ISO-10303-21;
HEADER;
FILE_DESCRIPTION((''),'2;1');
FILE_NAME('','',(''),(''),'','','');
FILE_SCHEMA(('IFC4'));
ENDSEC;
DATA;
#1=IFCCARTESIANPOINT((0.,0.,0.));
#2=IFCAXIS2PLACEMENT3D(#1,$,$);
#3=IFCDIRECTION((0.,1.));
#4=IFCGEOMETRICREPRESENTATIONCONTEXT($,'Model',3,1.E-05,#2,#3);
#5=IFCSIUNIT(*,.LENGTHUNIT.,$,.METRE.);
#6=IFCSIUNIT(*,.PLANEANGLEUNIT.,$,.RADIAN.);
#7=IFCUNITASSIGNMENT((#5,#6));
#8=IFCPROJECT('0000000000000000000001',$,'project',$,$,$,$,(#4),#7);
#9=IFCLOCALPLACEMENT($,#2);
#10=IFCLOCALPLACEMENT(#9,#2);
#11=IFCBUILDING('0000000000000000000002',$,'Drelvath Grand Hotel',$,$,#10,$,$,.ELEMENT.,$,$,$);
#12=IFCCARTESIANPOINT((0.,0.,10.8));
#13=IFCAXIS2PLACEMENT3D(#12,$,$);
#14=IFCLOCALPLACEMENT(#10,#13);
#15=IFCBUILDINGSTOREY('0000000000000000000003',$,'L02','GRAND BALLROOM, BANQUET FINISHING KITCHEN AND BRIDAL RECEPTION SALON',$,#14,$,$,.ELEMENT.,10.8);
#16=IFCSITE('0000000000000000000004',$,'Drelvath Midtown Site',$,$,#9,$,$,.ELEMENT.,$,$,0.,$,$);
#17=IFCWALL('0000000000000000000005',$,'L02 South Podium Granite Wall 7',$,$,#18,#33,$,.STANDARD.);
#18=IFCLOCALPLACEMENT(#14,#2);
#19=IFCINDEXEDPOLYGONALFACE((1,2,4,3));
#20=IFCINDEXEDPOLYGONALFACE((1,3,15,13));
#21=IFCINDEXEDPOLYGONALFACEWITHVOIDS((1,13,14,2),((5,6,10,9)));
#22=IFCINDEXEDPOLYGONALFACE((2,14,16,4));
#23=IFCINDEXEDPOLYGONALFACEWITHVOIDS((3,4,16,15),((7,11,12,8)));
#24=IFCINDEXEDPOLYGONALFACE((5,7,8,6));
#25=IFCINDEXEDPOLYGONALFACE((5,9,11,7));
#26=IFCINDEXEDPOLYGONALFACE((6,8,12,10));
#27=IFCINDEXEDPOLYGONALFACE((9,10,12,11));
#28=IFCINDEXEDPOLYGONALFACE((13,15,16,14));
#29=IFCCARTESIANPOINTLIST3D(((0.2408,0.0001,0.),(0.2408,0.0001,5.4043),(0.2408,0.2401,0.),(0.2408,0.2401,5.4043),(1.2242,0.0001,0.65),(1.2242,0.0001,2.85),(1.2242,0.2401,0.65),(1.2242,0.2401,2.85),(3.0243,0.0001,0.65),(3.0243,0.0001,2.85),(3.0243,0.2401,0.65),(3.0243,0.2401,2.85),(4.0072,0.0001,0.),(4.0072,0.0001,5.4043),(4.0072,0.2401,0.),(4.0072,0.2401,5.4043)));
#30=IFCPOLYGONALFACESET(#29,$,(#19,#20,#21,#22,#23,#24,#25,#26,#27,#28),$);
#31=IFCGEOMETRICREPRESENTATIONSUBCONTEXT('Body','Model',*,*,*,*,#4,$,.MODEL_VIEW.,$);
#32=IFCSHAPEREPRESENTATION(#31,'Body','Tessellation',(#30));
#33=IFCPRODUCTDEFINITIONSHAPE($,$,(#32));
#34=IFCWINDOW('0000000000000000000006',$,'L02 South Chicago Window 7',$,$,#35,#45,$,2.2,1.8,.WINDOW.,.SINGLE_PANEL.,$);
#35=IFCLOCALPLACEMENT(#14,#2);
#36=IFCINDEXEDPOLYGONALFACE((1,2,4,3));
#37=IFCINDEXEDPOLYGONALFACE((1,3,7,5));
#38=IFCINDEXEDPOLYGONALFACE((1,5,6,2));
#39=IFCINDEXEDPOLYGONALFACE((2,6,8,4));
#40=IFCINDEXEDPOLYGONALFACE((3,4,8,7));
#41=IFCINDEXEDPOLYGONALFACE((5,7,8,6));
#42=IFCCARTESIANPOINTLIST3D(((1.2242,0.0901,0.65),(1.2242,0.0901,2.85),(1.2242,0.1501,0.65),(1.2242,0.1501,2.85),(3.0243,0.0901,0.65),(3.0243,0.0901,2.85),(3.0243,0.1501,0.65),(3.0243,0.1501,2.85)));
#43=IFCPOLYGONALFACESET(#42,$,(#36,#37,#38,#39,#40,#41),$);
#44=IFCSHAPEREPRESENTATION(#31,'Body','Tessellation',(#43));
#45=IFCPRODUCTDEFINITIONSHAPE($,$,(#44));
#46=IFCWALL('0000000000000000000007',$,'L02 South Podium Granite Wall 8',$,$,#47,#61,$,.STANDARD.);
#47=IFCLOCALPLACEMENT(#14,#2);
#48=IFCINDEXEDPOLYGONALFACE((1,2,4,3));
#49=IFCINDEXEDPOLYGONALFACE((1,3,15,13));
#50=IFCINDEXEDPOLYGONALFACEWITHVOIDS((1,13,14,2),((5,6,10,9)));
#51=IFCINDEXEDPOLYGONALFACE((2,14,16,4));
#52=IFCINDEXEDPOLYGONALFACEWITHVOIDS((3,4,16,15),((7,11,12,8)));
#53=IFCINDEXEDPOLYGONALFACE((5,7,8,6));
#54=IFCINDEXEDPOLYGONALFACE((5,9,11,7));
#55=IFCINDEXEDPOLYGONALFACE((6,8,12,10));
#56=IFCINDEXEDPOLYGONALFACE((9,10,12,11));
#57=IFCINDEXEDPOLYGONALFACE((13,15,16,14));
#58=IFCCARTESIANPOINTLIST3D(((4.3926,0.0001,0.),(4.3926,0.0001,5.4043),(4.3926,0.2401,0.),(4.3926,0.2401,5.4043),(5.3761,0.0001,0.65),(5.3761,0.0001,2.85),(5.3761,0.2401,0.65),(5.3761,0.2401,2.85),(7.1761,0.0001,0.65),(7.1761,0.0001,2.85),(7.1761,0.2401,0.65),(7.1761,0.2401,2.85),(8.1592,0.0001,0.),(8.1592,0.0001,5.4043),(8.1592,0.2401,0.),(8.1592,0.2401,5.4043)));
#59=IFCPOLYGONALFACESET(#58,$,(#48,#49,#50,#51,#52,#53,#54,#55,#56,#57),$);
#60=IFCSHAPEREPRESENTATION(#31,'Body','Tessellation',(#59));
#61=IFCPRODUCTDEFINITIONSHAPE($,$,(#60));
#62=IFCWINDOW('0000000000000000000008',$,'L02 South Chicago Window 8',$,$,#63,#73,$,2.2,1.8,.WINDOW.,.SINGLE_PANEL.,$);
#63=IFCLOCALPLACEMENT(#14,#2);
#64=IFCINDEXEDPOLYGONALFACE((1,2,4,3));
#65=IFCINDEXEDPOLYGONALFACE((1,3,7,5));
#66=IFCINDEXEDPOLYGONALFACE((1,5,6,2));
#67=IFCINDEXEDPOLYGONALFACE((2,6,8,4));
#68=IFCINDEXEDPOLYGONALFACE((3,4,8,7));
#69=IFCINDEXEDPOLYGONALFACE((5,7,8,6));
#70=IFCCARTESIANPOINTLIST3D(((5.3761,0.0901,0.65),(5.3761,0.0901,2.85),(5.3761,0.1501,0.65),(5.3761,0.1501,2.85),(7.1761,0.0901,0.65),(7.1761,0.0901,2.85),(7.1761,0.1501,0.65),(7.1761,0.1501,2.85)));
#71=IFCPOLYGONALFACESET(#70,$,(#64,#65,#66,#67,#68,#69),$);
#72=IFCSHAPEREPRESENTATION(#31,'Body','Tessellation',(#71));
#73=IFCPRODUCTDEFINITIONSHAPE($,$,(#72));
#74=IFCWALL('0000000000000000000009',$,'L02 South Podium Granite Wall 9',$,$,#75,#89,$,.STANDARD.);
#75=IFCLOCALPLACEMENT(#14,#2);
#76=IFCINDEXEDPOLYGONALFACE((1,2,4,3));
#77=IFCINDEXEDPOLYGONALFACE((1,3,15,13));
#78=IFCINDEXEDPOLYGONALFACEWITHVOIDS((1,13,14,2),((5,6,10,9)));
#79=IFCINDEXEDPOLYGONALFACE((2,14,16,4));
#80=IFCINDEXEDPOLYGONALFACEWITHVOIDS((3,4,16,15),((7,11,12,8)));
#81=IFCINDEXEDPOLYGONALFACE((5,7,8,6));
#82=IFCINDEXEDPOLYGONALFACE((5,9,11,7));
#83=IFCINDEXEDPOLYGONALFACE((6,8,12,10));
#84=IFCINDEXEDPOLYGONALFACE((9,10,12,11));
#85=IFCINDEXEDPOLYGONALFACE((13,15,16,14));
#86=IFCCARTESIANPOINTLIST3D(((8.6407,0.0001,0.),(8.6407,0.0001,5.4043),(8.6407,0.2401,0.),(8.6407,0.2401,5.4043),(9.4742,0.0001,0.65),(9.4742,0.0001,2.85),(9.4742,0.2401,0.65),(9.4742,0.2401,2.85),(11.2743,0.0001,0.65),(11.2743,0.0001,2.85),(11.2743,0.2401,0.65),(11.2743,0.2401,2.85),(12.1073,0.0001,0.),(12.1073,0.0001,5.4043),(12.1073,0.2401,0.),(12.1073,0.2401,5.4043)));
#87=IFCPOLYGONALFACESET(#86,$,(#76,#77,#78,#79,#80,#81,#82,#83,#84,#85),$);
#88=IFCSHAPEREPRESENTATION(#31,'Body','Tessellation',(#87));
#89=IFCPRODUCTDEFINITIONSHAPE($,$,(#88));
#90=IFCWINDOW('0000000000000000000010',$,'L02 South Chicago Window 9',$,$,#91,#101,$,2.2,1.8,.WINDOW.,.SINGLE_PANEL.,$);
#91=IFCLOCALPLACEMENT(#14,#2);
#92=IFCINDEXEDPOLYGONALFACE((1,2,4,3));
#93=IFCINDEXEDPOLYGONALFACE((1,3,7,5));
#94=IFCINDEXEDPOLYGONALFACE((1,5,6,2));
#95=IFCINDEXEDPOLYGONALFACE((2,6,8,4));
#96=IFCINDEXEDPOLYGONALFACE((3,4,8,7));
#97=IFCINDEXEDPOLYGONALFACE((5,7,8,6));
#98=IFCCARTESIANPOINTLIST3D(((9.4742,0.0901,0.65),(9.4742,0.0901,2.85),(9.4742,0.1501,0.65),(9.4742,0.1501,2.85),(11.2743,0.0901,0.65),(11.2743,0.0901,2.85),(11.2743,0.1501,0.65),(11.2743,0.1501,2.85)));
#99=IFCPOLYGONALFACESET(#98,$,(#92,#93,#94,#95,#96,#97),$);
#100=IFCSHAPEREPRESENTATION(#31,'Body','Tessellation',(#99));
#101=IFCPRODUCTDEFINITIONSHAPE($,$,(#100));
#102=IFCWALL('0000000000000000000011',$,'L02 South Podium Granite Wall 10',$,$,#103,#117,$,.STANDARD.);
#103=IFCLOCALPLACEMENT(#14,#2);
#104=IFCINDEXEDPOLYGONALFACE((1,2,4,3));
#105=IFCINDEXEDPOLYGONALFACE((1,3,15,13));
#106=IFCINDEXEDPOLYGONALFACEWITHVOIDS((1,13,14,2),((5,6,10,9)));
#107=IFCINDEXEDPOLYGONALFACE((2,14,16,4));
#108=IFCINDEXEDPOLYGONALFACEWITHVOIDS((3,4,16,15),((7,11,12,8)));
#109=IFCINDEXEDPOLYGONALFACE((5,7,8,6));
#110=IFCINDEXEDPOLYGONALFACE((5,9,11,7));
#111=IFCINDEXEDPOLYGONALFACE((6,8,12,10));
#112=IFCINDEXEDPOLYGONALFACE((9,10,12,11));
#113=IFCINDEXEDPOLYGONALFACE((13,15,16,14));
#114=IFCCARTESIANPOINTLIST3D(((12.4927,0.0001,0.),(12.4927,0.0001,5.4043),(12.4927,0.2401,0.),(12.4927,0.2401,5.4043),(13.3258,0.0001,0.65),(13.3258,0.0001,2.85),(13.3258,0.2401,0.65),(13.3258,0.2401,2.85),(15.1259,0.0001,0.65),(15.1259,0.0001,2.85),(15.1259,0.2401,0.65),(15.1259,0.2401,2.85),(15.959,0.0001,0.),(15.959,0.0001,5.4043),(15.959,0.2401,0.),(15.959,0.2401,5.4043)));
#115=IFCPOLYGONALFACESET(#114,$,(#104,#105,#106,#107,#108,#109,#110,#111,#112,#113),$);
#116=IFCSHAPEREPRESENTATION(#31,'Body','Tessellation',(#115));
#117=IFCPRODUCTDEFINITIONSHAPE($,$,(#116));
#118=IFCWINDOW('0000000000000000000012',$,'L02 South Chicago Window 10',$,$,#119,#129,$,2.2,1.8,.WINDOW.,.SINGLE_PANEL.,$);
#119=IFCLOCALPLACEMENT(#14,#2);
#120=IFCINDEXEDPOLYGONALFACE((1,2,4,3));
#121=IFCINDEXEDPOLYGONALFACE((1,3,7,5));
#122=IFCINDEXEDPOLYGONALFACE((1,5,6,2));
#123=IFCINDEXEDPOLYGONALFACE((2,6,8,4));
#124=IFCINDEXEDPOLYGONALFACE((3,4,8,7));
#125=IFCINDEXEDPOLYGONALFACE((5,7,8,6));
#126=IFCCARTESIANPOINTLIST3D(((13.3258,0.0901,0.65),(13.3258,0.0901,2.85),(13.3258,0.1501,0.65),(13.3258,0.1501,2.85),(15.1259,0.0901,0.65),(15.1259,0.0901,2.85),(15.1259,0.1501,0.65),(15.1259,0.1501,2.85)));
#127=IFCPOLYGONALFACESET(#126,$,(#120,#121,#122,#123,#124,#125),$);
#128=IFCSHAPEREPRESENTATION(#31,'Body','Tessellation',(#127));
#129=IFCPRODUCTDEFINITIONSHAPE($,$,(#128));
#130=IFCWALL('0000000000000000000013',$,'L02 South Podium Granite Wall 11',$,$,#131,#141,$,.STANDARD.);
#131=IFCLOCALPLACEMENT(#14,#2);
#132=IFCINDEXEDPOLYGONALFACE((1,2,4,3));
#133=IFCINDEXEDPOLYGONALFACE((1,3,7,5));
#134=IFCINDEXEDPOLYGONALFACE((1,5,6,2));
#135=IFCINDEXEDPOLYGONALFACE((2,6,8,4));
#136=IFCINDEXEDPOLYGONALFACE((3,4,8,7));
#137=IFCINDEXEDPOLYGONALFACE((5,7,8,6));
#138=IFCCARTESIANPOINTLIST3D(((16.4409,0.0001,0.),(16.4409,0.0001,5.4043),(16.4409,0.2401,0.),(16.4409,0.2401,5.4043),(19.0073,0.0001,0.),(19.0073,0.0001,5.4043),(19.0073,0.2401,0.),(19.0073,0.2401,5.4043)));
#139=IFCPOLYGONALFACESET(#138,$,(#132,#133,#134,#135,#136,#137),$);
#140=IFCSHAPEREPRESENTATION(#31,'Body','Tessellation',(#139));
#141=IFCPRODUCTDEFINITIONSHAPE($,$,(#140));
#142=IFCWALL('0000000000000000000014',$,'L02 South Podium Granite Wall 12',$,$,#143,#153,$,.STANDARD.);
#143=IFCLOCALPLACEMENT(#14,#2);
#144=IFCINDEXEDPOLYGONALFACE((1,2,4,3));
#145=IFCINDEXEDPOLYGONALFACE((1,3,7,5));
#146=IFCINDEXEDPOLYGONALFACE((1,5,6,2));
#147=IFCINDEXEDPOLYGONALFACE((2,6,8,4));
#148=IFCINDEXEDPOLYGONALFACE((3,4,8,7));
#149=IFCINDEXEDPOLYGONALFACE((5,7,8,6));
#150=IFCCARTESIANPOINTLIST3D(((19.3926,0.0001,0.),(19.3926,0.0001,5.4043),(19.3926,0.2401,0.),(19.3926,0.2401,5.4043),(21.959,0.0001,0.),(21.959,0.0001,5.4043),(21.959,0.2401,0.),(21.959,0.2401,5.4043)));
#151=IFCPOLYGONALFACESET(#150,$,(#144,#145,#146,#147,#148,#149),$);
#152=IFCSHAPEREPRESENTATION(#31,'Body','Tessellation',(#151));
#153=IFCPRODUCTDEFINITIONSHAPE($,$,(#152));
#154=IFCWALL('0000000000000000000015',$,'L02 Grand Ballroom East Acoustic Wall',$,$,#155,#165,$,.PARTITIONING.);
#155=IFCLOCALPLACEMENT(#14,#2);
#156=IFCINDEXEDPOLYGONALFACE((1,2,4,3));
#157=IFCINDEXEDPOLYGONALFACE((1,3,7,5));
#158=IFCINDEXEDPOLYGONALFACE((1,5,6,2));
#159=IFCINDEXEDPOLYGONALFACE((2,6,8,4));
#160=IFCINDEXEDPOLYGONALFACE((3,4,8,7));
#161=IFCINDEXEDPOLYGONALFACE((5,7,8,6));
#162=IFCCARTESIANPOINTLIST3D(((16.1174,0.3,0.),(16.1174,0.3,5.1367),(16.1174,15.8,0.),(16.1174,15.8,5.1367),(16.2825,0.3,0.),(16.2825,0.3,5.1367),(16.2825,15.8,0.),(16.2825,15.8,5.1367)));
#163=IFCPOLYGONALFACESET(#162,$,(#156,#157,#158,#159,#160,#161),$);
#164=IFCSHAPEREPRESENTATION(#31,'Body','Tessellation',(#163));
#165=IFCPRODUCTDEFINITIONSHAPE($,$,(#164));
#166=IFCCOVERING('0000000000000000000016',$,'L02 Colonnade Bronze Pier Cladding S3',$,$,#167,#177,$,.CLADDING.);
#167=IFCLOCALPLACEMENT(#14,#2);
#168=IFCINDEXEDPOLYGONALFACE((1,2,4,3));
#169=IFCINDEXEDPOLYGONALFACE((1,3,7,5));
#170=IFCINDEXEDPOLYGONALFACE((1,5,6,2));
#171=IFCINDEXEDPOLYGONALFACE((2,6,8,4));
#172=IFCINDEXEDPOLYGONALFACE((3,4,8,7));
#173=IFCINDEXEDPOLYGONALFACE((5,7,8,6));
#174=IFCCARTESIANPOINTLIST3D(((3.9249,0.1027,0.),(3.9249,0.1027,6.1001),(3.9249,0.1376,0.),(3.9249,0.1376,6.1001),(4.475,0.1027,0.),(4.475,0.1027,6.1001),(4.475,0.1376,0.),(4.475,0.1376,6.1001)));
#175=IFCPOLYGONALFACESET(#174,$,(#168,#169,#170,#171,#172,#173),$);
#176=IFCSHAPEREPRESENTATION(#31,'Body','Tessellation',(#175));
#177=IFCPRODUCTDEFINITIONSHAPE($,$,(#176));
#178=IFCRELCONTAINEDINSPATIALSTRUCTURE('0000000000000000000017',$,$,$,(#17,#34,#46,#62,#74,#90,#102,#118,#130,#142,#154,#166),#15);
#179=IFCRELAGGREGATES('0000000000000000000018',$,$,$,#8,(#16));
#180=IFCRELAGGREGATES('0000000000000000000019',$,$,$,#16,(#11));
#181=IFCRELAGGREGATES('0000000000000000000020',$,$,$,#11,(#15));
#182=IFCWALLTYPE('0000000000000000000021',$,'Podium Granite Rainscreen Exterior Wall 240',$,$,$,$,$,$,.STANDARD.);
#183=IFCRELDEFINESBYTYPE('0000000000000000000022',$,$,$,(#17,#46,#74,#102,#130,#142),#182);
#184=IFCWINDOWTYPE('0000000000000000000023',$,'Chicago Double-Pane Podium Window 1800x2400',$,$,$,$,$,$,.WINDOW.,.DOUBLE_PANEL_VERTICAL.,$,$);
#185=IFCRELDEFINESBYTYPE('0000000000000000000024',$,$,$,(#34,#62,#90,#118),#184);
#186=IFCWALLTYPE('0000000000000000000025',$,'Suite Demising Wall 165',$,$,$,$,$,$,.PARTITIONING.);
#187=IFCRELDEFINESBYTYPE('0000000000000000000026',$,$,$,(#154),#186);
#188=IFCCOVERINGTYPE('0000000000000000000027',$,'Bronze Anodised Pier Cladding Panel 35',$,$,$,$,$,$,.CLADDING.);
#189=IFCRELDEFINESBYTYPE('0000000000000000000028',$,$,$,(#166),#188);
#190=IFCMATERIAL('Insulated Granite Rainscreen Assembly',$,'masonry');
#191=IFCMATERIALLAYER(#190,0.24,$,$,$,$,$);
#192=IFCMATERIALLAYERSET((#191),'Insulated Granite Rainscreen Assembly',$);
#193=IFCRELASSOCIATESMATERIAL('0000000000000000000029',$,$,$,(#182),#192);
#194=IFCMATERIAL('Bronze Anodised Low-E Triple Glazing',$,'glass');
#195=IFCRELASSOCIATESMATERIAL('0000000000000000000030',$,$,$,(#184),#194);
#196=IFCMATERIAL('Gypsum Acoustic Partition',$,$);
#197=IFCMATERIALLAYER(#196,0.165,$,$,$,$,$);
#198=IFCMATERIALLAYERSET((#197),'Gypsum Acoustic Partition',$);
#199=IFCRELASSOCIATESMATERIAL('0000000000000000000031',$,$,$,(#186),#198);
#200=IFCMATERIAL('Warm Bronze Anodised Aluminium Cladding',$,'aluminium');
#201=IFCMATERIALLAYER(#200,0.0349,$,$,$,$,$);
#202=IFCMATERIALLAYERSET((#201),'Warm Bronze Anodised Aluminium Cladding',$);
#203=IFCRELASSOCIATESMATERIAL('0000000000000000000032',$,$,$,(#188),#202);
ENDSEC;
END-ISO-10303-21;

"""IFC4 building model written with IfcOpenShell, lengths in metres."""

from ifc_helpers import new_model, si_unit, direction, frame, frame_2d, origin, origin_2d, place, context, subcontext, project, spatial, rectangle, extrude, material, layer, layer_set, type_object, element, fill, save


model = new_model("IFC4")

# Units and contexts
model_context = context("Model", 3, precision=1e-05, world=origin(), true_north=direction((0.0, 1.0)))
body_context = subcontext(model_context, "Body", "Model", "MODEL_VIEW")
ifc_project = project(units=[si_unit("LENGTHUNIT", "METRE"), si_unit("PLANEANGLEUNIT", "RADIAN")], contexts=[model_context])

# Site, building, storey
site_placement = place(None, origin())
site = spatial("IfcSite", under=ifc_project, at=site_placement, Name="Drelvath Midtown Site", CompositionType="ELEMENT", RefElevation=0.0)
building_placement = place(site_placement, origin())
building = spatial("IfcBuilding", under=site, at=building_placement, Name="Drelvath Grand Hotel", CompositionType="ELEMENT")
storey_placement = place(building_placement, frame((0.0, 0.0, 10.8)))
storey = spatial("IfcBuildingStorey", under=building, at=storey_placement, Name="L02", Description="GRAND BALLROOM, BANQUET FINISHING KITCHEN AND BRIDAL RECEPTION SALON", CompositionType="ELEMENT", Elevation=10.8)

# Walls, openings, windows
ifc_material_1 = material(Name="Insulated Granite Rainscreen Assembly", Category="masonry")
ifc_layer_1 = layer(ifc_material_1, 0.24)
ifc_layer_set_1 = layer_set([ifc_layer_1], Name="Insulated Granite Rainscreen Assembly")
wall_type_1 = type_object("IfcWallType", Name="Podium Granite Rainscreen Exterior Wall 240", PredefinedType="STANDARD", material=ifc_layer_set_1)
wall_1_placement = place(storey_placement, frame((4.0073, 0.1201, 0.0), z_axis=(0.0, 0.0, 1.0), x_axis=(-1.0, 0.0, 0.0)))
wall_1 = element("IfcWall", 1, at=wall_1_placement, inside=storey, type_object=wall_type_1, Name="L02 South Podium Granite Wall 7", PredefinedType="STANDARD", context=body_context, shape_type="SweptSolid", body=[
    extrude(rectangle(XDim=3.7664, YDim=0.24, at=frame_2d((1.8833, 0.0))), origin(), (0.0, 0.0, 1.0), 5.4043),
])
opening_1_placement = place(wall_1_placement, frame((0.9832, 0.0, 0.6499)))
opening_1 = element("IfcOpeningElement", 2, at=opening_1_placement, cuts=wall_1, PredefinedType="OPENING", context=body_context, shape_type="SweptSolid", body=[
    extrude(rectangle(XDim=1.8, YDim=2.2, at=frame_2d((0.8999, 1.1001))), frame((0.0, 0.1299, 0.0), z_axis=(0.0, -1.0, 0.0), x_axis=(1.0, 0.0, 0.0)), (0.0, 0.0, 1.0), 0.26),
])
ifc_material_2 = material(Name="Bronze Anodised Low-E Triple Glazing", Category="glass")
window_type = type_object("IfcWindowType", Name="Chicago Double-Pane Podium Window 1800x2400", PartitioningType="DOUBLE_PANEL_VERTICAL", PredefinedType="WINDOW", material=ifc_material_2)
window_1_placement = place(opening_1_placement, origin())
window_1 = element("IfcWindow", 3, at=window_1_placement, inside=storey, type_object=window_type, Name="L02 South Chicago Window 7", OverallHeight=2.2, OverallWidth=1.8, PartitioningType="SINGLE_PANEL", PredefinedType="WINDOW", context=body_context, shape_type="SweptSolid", body=[
    extrude(rectangle(XDim=1.8, YDim=2.2, at=frame_2d((0.8999, 1.1001))), frame((0.0, 0.03, 0.0), z_axis=(0.0, -1.0, 0.0), x_axis=(1.0, 0.0, 0.0)), (0.0, 0.0, 1.0), 0.0601),
])
fill(opening_1, window_1)
wall_2_placement = place(storey_placement, frame((8.1592, 0.1201, 0.0), z_axis=(0.0, 0.0, 1.0), x_axis=(-1.0, 0.0, 0.0)))
wall_2 = element("IfcWall", 4, at=wall_2_placement, inside=storey, type_object=wall_type_1, Name="L02 South Podium Granite Wall 8", PredefinedType="STANDARD", context=body_context, shape_type="SweptSolid", body=[
    extrude(rectangle(XDim=3.7666, YDim=0.24, at=frame_2d((1.8833, 0.0))), origin(), (0.0, 0.0, 1.0), 5.4043),
])
opening_2_placement = place(wall_2_placement, frame((0.9832, 0.0, 0.6499)))
opening_2 = element("IfcOpeningElement", 5, at=opening_2_placement, cuts=wall_2, PredefinedType="OPENING", context=body_context, shape_type="SweptSolid", body=[
    extrude(rectangle(XDim=1.8, YDim=2.2, at=frame_2d((0.8999, 1.1001))), frame((0.0, 0.1299, 0.0), z_axis=(0.0, -1.0, 0.0), x_axis=(1.0, 0.0, 0.0)), (0.0, 0.0, 1.0), 0.26),
])
window_2_placement = place(opening_2_placement, origin())
window_2 = element("IfcWindow", 6, at=window_2_placement, inside=storey, type_object=window_type, Name="L02 South Chicago Window 8", OverallHeight=2.2, OverallWidth=1.8, PartitioningType="SINGLE_PANEL", PredefinedType="WINDOW", context=body_context, shape_type="SweptSolid", body=[
    extrude(rectangle(XDim=1.8, YDim=2.2, at=frame_2d((0.8999, 1.1001))), frame((0.0, 0.03, 0.0), z_axis=(0.0, -1.0, 0.0), x_axis=(1.0, 0.0, 0.0)), (0.0, 0.0, 1.0), 0.0601),
])
fill(opening_2, window_2)
wall_3_placement = place(storey_placement, frame((12.1074, 0.1201, 0.0), z_axis=(0.0, 0.0, 1.0), x_axis=(-1.0, 0.0, 0.0)))
wall_3 = element("IfcWall", 7, at=wall_3_placement, inside=storey, type_object=wall_type_1, Name="L02 South Podium Granite Wall 9", PredefinedType="STANDARD", context=body_context, shape_type="SweptSolid", body=[
    extrude(rectangle(XDim=3.4666, YDim=0.24, at=frame_2d((1.7334, 0.0))), origin(), (0.0, 0.0, 1.0), 5.4043),
])
opening_3_placement = place(wall_3_placement, frame((0.8333, 0.0, 0.6499)))
opening_3 = element("IfcOpeningElement", 8, at=opening_3_placement, cuts=wall_3, PredefinedType="OPENING", context=body_context, shape_type="SweptSolid", body=[
    extrude(rectangle(XDim=1.8, YDim=2.2, at=frame_2d((0.8999, 1.1001))), frame((0.0, 0.1299, 0.0), z_axis=(0.0, -1.0, 0.0), x_axis=(1.0, 0.0, 0.0)), (0.0, 0.0, 1.0), 0.26),
])
window_3_placement = place(opening_3_placement, origin())
window_3 = element("IfcWindow", 9, at=window_3_placement, inside=storey, type_object=window_type, Name="L02 South Chicago Window 9", OverallHeight=2.2, OverallWidth=1.8, PartitioningType="SINGLE_PANEL", PredefinedType="WINDOW", context=body_context, shape_type="SweptSolid", body=[
    extrude(rectangle(XDim=1.8, YDim=2.2, at=frame_2d((0.8999, 1.1001))), frame((0.0, 0.03, 0.0), z_axis=(0.0, -1.0, 0.0), x_axis=(1.0, 0.0, 0.0)), (0.0, 0.0, 1.0), 0.0601),
])
fill(opening_3, window_3)
wall_4_placement = place(storey_placement, frame((15.959, 0.1201, 0.0), z_axis=(0.0, 0.0, 1.0), x_axis=(-1.0, 0.0, 0.0)))
wall_4 = element("IfcWall", 10, at=wall_4_placement, inside=storey, type_object=wall_type_1, Name="L02 South Podium Granite Wall 10", PredefinedType="STANDARD", context=body_context, shape_type="SweptSolid", body=[
    extrude(rectangle(XDim=3.4663, YDim=0.24, at=frame_2d((1.7332, 0.0))), origin(), (0.0, 0.0, 1.0), 5.4043),
])
opening_4_placement = place(wall_4_placement, frame((0.8333, 0.0, 0.6499)))
opening_4 = element("IfcOpeningElement", 11, at=opening_4_placement, cuts=wall_4, PredefinedType="OPENING", context=body_context, shape_type="SweptSolid", body=[
    extrude(rectangle(XDim=1.8, YDim=2.2, at=frame_2d((0.8999, 1.1001))), frame((0.0, 0.1299, 0.0), z_axis=(0.0, -1.0, 0.0), x_axis=(1.0, 0.0, 0.0)), (0.0, 0.0, 1.0), 0.26),
])
window_4_placement = place(opening_4_placement, origin())
window_4 = element("IfcWindow", 12, at=window_4_placement, inside=storey, type_object=window_type, Name="L02 South Chicago Window 10", OverallHeight=2.2, OverallWidth=1.8, PartitioningType="SINGLE_PANEL", PredefinedType="WINDOW", context=body_context, shape_type="SweptSolid", body=[
    extrude(rectangle(XDim=1.8, YDim=2.2, at=frame_2d((0.8999, 1.1001))), frame((0.0, 0.03, 0.0), z_axis=(0.0, -1.0, 0.0), x_axis=(1.0, 0.0, 0.0)), (0.0, 0.0, 1.0), 0.0601),
])
fill(opening_4, window_4)

# Walls
for number, where, z_axis, x_axis, name in (
    (13, (19.0073, 0.1201, 0.0), (0.0, 0.0, 1.0), (-1.0, 0.0, 0.0), "L02 South Podium Granite Wall 11"),
    (14, (21.959, 0.1201, 0.0), (0.0, 0.0, 1.0), (-1.0, 0.0, 0.0), "L02 South Podium Granite Wall 12"),
):
    element("IfcWall", number, at=place(storey_placement, frame(where, z_axis=z_axis, x_axis=x_axis)), inside=storey, type_object=wall_type_1, Name=name, PredefinedType="STANDARD", context=body_context, shape_type="SweptSolid", body=[
        extrude(rectangle(XDim=2.5664, YDim=0.24, at=frame_2d((1.2832, 0.0))), origin(), (0.0, 0.0, 1.0), 5.4043),
    ])
ifc_material_3 = material(Name="Gypsum Acoustic Partition")
ifc_layer_2 = layer(ifc_material_3, 0.165)
ifc_layer_set_2 = layer_set([ifc_layer_2], Name="Gypsum Acoustic Partition")
wall_type_2 = type_object("IfcWallType", Name="Suite Demising Wall 165", PredefinedType="PARTITIONING", material=ifc_layer_set_2)
wall_5_placement = place(storey_placement, frame((16.2, 0.3, 0.0), z_axis=(0.0, 0.0, 1.0), x_axis=(0.0, 1.0, 0.0)))
element("IfcWall", 15, at=wall_5_placement, inside=storey, type_object=wall_type_2, Name="L02 Grand Ballroom East Acoustic Wall", PredefinedType="PARTITIONING", context=body_context, shape_type="SweptSolid", body=[
    extrude(rectangle(XDim=15.5, YDim=0.165, at=frame_2d((7.75, 0.0))), origin(), (0.0, 0.0, 1.0), 5.1367),
])

# Covering
ifc_material_4 = material(Name="Warm Bronze Anodised Aluminium Cladding", Category="aluminium")
ifc_layer_3 = layer(ifc_material_4, 0.0349)
ifc_layer_set_3 = layer_set([ifc_layer_3], Name="Warm Bronze Anodised Aluminium Cladding")
covering_type = type_object("IfcCoveringType", Name="Bronze Anodised Pier Cladding Panel 35", PredefinedType="CLADDING", material=ifc_layer_set_3)
for number, where, z_axis, x_axis, name in (
    (16, (4.2, 0.1201, 0.0), (0.0, 0.0, 1.0), (1.0, 0.0, 0.0), "L02 Colonnade Bronze Pier Cladding S3"),
):
    element("IfcCovering", number, at=place(storey_placement, frame(where, z_axis=z_axis, x_axis=x_axis)), inside=storey, type_object=covering_type, Name=name, PredefinedType="CLADDING", context=body_context, shape_type="SweptSolid", body=[
        extrude(rectangle(XDim=0.55, YDim=0.0349, at=origin_2d()), origin(), (0.0, 0.0, 1.0), 6.1001),
    ])

save(model, "model.ifc")
